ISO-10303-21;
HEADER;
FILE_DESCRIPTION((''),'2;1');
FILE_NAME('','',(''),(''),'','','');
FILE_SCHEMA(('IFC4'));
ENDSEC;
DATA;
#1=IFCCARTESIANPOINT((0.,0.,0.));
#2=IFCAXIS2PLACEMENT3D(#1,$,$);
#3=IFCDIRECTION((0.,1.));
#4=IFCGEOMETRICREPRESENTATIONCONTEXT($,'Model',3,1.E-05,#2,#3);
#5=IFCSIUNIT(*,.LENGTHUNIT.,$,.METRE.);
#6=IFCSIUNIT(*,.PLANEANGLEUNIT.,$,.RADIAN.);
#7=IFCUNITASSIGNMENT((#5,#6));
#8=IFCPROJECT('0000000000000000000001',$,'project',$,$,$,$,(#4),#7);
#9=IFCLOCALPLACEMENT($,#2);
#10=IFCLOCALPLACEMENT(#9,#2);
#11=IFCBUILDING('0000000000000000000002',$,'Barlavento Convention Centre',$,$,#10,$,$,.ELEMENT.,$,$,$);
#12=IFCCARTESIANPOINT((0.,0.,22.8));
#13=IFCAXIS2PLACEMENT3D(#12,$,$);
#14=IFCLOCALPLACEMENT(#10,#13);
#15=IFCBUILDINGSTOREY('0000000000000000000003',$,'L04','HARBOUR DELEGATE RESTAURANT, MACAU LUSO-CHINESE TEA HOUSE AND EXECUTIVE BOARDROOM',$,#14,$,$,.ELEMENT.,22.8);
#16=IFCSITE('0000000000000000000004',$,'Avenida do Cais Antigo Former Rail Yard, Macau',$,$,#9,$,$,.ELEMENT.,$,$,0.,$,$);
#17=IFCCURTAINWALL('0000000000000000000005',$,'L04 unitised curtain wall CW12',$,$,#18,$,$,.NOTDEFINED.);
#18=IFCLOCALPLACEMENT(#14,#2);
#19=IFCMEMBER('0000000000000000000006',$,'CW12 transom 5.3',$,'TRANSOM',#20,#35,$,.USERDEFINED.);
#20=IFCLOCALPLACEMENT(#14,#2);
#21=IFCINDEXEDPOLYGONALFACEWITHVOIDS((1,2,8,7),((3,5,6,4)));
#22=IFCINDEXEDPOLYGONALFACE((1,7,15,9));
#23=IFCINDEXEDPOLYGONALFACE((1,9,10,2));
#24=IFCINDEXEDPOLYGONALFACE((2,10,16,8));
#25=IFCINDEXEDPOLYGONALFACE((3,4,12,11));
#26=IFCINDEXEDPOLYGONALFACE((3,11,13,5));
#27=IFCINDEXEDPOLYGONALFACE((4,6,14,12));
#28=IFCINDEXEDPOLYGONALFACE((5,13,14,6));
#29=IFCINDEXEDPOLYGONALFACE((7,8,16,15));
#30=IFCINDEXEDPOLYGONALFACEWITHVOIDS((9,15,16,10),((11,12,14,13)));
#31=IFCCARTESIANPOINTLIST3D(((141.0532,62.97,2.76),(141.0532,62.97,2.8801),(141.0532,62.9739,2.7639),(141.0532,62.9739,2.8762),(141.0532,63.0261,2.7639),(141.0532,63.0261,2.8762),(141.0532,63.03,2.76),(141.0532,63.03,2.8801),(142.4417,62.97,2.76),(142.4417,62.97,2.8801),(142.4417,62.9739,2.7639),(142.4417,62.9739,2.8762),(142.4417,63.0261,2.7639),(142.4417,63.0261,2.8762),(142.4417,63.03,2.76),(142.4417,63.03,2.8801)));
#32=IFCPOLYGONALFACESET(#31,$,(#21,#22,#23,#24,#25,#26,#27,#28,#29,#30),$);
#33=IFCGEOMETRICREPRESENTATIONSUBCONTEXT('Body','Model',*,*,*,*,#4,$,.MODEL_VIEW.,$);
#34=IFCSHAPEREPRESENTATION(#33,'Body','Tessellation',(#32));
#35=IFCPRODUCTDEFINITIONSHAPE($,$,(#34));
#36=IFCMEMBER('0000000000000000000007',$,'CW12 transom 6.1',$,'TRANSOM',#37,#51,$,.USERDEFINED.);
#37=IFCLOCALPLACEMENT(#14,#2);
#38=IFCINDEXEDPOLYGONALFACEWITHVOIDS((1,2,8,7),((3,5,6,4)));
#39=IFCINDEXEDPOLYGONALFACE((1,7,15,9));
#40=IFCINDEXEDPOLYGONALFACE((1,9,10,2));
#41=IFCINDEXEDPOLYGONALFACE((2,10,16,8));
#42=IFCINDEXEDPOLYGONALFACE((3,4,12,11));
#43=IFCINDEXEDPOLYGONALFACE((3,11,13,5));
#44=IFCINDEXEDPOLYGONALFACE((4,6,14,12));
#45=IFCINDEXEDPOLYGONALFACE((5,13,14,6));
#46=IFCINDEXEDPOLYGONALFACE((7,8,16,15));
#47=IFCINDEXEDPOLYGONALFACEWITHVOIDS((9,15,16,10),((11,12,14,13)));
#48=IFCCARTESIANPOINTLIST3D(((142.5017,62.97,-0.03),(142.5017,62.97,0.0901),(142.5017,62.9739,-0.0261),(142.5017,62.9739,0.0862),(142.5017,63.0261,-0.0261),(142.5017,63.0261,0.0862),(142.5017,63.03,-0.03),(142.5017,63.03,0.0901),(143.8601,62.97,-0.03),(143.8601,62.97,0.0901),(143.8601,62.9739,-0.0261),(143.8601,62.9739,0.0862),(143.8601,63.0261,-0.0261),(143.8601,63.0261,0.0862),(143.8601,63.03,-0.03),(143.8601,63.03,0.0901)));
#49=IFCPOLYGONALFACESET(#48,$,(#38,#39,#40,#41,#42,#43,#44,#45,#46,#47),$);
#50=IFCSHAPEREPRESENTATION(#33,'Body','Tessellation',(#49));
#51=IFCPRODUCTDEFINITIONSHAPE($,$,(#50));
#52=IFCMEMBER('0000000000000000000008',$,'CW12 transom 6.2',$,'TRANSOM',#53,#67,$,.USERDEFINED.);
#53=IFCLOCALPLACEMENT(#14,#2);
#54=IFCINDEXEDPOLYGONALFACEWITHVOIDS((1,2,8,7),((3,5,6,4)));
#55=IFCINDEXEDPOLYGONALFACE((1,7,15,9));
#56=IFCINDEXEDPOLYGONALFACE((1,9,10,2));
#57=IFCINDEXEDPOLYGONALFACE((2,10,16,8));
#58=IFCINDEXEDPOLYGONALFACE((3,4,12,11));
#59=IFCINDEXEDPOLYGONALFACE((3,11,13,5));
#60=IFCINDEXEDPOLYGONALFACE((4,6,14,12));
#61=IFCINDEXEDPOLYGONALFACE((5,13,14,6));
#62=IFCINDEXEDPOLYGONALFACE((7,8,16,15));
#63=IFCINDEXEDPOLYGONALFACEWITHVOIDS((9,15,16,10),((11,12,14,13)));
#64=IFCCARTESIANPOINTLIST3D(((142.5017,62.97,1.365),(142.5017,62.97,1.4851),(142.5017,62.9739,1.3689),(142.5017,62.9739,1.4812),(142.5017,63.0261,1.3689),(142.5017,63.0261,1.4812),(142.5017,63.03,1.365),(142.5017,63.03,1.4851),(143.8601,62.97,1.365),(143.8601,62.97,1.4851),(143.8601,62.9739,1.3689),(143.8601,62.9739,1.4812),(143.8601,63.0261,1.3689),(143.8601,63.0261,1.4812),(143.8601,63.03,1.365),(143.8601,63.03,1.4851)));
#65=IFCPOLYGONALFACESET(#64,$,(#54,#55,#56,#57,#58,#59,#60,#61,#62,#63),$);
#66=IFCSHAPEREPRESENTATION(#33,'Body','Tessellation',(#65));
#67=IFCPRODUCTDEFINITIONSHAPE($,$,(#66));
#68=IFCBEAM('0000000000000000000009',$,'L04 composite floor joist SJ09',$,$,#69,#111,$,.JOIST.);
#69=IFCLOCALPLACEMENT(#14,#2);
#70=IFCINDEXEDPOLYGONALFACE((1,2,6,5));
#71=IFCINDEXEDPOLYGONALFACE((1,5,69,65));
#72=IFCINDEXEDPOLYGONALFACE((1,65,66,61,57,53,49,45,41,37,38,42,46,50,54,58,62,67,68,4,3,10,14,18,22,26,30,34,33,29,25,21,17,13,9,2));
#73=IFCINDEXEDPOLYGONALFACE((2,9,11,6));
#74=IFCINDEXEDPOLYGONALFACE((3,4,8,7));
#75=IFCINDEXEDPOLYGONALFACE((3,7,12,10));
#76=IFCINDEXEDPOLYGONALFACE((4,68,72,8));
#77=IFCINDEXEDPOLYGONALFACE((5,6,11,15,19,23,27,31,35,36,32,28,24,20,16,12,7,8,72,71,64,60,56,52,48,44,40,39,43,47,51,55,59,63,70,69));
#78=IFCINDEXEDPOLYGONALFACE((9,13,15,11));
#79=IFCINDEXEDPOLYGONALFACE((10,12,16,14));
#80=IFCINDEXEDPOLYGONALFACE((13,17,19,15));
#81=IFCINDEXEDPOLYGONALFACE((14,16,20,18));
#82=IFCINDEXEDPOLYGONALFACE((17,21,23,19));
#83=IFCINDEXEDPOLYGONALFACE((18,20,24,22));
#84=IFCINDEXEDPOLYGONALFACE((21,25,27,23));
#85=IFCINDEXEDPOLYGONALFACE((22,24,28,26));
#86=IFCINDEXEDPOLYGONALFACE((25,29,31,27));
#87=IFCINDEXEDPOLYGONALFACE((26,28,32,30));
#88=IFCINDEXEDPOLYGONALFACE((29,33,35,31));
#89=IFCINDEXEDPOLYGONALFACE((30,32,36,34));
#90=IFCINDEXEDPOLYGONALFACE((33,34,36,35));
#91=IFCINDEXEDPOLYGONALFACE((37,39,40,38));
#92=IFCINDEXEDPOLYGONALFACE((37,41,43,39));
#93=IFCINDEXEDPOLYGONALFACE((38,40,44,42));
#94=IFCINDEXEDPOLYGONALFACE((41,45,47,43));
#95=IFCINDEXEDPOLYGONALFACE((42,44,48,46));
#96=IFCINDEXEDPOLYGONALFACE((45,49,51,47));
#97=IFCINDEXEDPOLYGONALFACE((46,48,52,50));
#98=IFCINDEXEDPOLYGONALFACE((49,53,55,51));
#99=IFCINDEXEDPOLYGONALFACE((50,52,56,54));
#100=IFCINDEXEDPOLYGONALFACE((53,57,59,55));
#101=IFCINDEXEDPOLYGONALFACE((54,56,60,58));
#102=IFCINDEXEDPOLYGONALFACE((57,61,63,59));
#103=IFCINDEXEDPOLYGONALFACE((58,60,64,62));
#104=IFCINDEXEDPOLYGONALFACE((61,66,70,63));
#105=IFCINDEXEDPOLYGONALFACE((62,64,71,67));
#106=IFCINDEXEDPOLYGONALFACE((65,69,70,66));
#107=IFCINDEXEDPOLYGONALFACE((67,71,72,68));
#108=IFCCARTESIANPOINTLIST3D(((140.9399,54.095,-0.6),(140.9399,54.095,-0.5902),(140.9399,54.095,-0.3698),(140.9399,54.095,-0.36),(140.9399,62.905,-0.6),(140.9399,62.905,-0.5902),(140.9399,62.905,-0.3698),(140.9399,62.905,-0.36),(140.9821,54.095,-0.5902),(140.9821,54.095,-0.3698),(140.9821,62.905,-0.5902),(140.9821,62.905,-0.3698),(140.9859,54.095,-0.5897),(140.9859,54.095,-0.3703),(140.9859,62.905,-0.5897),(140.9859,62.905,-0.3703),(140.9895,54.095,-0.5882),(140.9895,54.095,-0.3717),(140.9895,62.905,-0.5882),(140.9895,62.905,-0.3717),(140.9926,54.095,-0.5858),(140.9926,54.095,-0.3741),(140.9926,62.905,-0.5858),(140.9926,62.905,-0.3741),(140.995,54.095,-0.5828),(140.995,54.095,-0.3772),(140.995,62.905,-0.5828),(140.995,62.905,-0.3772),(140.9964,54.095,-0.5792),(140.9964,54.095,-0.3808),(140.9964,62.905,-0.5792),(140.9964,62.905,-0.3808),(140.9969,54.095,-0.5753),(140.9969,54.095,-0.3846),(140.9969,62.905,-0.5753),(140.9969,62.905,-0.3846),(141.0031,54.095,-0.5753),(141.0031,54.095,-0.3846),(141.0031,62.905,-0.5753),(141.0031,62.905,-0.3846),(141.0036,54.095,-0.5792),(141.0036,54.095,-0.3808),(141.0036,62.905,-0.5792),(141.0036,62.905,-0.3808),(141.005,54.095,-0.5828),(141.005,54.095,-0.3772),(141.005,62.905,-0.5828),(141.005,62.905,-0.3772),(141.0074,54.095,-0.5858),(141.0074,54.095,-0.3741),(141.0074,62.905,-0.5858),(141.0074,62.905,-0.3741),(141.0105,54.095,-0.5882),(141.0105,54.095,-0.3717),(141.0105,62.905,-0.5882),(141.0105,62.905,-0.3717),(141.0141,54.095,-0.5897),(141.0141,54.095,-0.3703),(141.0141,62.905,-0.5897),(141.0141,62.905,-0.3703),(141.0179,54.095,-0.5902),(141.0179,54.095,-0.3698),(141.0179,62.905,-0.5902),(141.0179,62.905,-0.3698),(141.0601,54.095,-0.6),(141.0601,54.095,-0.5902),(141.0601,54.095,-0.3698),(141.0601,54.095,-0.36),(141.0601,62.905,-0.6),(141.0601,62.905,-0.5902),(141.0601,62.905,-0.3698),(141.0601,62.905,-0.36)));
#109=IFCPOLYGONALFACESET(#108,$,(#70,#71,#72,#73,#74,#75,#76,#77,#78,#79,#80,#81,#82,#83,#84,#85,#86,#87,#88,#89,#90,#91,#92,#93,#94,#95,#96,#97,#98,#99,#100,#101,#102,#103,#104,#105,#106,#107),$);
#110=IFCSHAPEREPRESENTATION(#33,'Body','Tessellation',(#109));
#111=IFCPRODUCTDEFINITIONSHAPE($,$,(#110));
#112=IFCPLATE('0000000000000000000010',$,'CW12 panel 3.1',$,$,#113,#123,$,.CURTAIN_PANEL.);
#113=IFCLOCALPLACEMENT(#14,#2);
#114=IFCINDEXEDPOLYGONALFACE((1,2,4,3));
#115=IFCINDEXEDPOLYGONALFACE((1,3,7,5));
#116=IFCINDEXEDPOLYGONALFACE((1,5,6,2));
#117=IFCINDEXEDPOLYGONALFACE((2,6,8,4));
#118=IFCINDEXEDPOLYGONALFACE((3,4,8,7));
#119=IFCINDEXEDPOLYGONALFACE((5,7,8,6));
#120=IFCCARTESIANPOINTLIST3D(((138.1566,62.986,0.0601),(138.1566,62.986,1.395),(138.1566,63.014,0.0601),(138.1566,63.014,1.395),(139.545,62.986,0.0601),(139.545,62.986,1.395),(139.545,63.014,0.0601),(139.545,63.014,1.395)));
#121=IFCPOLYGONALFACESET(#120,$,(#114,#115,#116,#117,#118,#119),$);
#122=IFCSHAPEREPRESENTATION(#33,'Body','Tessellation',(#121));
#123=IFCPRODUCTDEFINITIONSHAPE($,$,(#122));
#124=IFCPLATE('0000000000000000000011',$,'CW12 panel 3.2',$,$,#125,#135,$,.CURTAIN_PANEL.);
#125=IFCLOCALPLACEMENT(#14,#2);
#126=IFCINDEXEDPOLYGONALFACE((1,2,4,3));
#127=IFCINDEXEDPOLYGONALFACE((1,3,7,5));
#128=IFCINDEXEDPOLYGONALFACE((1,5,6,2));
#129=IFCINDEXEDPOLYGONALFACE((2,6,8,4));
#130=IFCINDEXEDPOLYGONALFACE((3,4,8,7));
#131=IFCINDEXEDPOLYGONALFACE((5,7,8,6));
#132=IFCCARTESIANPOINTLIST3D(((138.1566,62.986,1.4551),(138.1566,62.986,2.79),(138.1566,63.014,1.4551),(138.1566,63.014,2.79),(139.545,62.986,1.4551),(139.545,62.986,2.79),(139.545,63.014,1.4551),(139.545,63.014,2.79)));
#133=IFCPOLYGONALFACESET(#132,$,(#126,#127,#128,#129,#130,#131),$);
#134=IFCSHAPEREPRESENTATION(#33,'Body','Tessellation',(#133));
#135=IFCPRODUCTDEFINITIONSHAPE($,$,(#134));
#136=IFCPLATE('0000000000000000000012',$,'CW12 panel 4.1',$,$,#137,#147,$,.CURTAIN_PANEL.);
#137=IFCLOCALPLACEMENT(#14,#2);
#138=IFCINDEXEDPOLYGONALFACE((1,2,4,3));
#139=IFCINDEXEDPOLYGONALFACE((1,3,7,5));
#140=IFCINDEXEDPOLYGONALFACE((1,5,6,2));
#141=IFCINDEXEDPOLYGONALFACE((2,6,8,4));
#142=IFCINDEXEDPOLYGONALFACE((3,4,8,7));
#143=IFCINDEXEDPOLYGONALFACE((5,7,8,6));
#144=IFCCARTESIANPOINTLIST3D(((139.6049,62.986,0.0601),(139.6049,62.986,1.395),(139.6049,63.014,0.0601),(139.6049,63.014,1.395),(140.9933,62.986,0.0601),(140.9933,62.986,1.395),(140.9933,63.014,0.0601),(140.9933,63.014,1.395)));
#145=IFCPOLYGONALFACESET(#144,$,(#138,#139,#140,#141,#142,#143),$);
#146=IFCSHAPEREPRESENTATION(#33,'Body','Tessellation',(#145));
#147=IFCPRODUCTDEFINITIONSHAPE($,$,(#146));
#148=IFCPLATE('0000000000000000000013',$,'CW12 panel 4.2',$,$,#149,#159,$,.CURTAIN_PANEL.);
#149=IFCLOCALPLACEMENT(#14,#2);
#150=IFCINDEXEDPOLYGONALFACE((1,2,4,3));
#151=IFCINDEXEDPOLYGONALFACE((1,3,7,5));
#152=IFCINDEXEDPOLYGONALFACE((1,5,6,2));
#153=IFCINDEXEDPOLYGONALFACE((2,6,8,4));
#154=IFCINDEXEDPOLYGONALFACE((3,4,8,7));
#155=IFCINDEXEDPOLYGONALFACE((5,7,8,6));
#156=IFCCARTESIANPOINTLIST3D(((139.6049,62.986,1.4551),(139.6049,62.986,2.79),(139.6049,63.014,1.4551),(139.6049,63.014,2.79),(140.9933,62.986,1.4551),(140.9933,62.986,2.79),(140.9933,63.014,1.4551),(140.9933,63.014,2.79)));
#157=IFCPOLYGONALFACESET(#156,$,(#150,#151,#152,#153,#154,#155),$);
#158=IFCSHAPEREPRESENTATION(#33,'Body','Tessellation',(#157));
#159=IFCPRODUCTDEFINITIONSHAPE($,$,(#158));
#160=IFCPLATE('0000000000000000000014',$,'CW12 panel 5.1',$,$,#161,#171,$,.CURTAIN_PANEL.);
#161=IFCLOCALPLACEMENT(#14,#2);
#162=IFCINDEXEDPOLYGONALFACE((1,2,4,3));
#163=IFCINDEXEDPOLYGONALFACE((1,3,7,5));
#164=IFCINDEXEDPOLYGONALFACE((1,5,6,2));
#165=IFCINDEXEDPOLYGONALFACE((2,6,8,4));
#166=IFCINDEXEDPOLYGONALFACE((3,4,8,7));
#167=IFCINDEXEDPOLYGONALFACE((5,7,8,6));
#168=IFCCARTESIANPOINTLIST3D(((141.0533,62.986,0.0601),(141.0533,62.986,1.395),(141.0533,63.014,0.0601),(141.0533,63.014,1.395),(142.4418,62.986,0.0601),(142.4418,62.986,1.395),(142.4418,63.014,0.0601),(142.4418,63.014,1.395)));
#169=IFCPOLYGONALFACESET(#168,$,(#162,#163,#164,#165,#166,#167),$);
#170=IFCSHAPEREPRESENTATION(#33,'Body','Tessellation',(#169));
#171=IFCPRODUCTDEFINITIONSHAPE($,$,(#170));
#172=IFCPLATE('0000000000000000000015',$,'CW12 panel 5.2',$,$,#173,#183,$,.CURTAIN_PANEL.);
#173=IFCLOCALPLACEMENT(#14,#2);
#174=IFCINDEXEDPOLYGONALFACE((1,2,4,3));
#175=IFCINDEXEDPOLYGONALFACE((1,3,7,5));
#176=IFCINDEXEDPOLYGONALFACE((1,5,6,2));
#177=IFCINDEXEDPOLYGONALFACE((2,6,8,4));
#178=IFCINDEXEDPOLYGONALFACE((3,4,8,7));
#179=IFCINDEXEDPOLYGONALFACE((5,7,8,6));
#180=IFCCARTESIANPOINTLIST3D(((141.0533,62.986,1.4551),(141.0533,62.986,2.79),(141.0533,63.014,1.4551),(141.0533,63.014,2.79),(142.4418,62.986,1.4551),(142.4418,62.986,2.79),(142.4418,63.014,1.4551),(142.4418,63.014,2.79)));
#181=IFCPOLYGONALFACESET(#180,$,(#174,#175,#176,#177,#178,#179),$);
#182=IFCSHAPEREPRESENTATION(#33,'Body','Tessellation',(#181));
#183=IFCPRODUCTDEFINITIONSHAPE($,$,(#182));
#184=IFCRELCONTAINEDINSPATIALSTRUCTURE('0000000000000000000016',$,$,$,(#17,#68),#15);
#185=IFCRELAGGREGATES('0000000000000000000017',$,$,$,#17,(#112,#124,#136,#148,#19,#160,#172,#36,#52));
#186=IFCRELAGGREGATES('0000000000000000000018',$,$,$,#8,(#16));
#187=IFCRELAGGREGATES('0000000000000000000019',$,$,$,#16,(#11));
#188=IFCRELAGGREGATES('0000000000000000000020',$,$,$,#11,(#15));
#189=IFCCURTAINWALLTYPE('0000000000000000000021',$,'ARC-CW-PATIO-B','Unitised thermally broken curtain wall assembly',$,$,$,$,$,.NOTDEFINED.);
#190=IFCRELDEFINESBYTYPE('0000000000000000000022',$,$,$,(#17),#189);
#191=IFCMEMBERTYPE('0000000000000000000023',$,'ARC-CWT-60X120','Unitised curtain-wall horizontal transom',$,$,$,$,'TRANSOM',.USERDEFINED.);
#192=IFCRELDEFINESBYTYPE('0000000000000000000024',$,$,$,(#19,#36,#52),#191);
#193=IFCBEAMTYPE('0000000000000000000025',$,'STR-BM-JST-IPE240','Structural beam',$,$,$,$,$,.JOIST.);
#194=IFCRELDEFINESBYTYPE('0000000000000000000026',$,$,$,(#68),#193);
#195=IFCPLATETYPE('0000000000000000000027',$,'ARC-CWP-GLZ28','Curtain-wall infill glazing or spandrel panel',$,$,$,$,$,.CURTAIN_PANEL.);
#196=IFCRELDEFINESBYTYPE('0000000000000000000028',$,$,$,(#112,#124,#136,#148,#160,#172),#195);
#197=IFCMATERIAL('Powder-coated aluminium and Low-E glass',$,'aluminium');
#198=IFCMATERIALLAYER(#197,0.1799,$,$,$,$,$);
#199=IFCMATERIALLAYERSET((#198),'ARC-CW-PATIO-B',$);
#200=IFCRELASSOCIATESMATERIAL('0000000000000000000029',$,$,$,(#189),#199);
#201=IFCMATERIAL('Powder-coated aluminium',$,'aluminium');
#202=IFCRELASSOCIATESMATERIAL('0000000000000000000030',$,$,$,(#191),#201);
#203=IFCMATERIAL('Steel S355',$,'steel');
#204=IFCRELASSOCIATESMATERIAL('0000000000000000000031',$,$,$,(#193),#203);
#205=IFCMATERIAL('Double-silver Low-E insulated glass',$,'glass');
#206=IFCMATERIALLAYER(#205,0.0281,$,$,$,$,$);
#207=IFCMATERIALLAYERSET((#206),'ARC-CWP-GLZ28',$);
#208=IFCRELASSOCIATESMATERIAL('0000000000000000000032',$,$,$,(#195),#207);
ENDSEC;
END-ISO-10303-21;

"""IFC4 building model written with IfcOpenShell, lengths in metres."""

from ifc_helpers import new_model, si_unit, direction, frame, origin, origin_2d, place, context, subcontext, project, spatial, rectangle, hollow_rectangle, i_section, extrude, material, layer, layer_set, material_profile, profile_set, type_object, element, aggregate, save


model = new_model("IFC4")

# Units and contexts
model_context = context("Model", 3, precision=1e-05, world=origin(), true_north=direction((0.0, 1.0)))
body_context = subcontext(model_context, "Body", "Model", "MODEL_VIEW")
ifc_project = project(units=[si_unit("LENGTHUNIT", "METRE"), si_unit("PLANEANGLEUNIT", "RADIAN")], contexts=[model_context])

# Site, building, storey
site_placement = place(None, origin())
site = spatial("IfcSite", under=ifc_project, at=site_placement, Name="Avenida do Cais Antigo Former Rail Yard, Macau", CompositionType="ELEMENT", RefElevation=0.0)
building_placement = place(site_placement, origin())
building = spatial("IfcBuilding", under=site, at=building_placement, Name="Barlavento Convention Centre", CompositionType="ELEMENT")
storey_placement = place(building_placement, frame((0.0, 0.0, 22.8)))
storey = spatial("IfcBuildingStorey", under=building, at=storey_placement, Name="L04", Description="HARBOUR DELEGATE RESTAURANT, MACAU LUSO-CHINESE TEA HOUSE AND EXECUTIVE BOARDROOM", CompositionType="ELEMENT", Elevation=22.8)

# Curtain wall, members
ifc_material_1 = material(Name="Powder-coated aluminium and Low-E glass", Category="aluminium")
ifc_layer_1 = layer(ifc_material_1, 0.1799)
ifc_layer_set_1 = layer_set([ifc_layer_1], Name="ARC-CW-PATIO-B")
curtain_wall_type = type_object("IfcCurtainWallType", Name="ARC-CW-PATIO-B", Description="Unitised thermally broken curtain wall assembly", PredefinedType="NOTDEFINED", material=ifc_layer_set_1)
curtain_wall_placement = place(storey_placement, origin())
curtain_wall = element("IfcCurtainWall", 1, at=curtain_wall_placement, inside=storey, type_object=curtain_wall_type, Name="L04 unitised curtain wall CW12", PredefinedType="NOTDEFINED")
ifc_material_2 = material(Name="Powder-coated aluminium", Category="aluminium")
ifc_material_profile_1 = material_profile(ifc_material_2, hollow_rectangle(XDim=0.0601, YDim=0.1201, WallThickness=0.0039, at=origin_2d()), Name="AL-TRAN 60x120x4")
ifc_profile_set_1 = profile_set([ifc_material_profile_1], Name="Powder-coated aluminium")
member_type_1 = type_object("IfcMemberType", Name="ARC-CWT-60X120", Description="Unitised curtain-wall horizontal transom", ElementType="TRANSOM", PredefinedType="USERDEFINED", material=ifc_profile_set_1)
member_1_placement = place(storey_placement, frame((141.0532, 63.0, 2.8201), z_axis=(1.0, 0.0, 0.0), x_axis=(0.0, 1.0, 0.0)))
member_1 = element("IfcMember", 2, at=member_1_placement, type_object=member_type_1, Name="CW12 transom 5.3", ObjectType="TRANSOM", PredefinedType="USERDEFINED", context=body_context, shape_type="SweptSolid", body=[
    extrude(hollow_rectangle(XDim=0.0601, YDim=0.1201, WallThickness=0.0039, at=origin_2d()), origin(), (0.0, 0.0, 1.0), 1.3884),
])
member_2_placement = place(storey_placement, frame((142.5017, 63.0, 0.03), z_axis=(1.0, 0.0, 0.0), x_axis=(0.0, 1.0, 0.0)))
member_2 = element("IfcMember", 3, at=member_2_placement, type_object=member_type_1, Name="CW12 transom 6.1", ObjectType="TRANSOM", PredefinedType="USERDEFINED", context=body_context, shape_type="SweptSolid", body=[
    extrude(hollow_rectangle(XDim=0.0601, YDim=0.1201, WallThickness=0.0039, at=origin_2d()), origin(), (0.0, 0.0, 1.0), 1.3584),
])
member_3_placement = place(storey_placement, frame((142.5017, 63.0, 1.425), z_axis=(1.0, 0.0, 0.0), x_axis=(0.0, 1.0, 0.0)))
member_3 = element("IfcMember", 4, at=member_3_placement, type_object=member_type_1, Name="CW12 transom 6.2", ObjectType="TRANSOM", PredefinedType="USERDEFINED", context=body_context, shape_type="SweptSolid", body=[
    extrude(hollow_rectangle(XDim=0.0601, YDim=0.1201, WallThickness=0.0039, at=origin_2d()), origin(), (0.0, 0.0, 1.0), 1.3584),
])

# Beam
ifc_material_3 = material(Name="Steel S355", Category="steel")
ifc_material_profile_2 = material_profile(ifc_material_3, i_section(OverallWidth=0.1201, OverallDepth=0.24, WebThickness=0.0061, FlangeThickness=0.0098, FilletRadius=0.0149, at=origin_2d()), Name="IPE 240")
ifc_profile_set_2 = profile_set([ifc_material_profile_2], Name="Steel S355")
beam_type = type_object("IfcBeamType", Name="STR-BM-JST-IPE240", Description="Structural beam", PredefinedType="JOIST", material=ifc_profile_set_2)
beam_placement = place(storey_placement, frame((141.0, 54.095, -0.48), z_axis=(0.0, 1.0, 0.0), x_axis=(-1.0, 0.0, 0.0)))
element("IfcBeam", 5, at=beam_placement, inside=storey, type_object=beam_type, Name="L04 composite floor joist SJ09", PredefinedType="JOIST", context=body_context, shape_type="SweptSolid", body=[
    extrude(i_section(OverallWidth=0.1201, OverallDepth=0.24, WebThickness=0.0061, FlangeThickness=0.0098, FilletRadius=0.0149, at=origin_2d()), origin(), (0.0, 0.0, 1.0), 8.8101),
])

# Plates
ifc_material_4 = material(Name="Double-silver Low-E insulated glass", Category="glass")
ifc_layer_2 = layer(ifc_material_4, 0.0281)
ifc_layer_set_2 = layer_set([ifc_layer_2], Name="ARC-CWP-GLZ28")
plate_type = type_object("IfcPlateType", Name="ARC-CWP-GLZ28", Description="Curtain-wall infill glazing or spandrel panel", PredefinedType="CURTAIN_PANEL", material=ifc_layer_set_2)
plate_1_placement = place(storey_placement, frame((138.8508, 63.0, 0.0601), z_axis=(0.0, 0.0, 1.0), x_axis=(1.0, 0.0, 0.0)))
plate_1 = element("IfcPlate", 6, at=plate_1_placement, type_object=plate_type, Name="CW12 panel 3.1", PredefinedType="CURTAIN_PANEL", context=body_context, shape_type="SweptSolid", body=[
    extrude(rectangle(XDim=1.3884, YDim=0.0281, at=origin_2d()), origin(), (0.0, 0.0, 1.0), 1.335),
])
plate_2_placement = place(storey_placement, frame((138.8508, 63.0, 1.4551), z_axis=(0.0, 0.0, 1.0), x_axis=(1.0, 0.0, 0.0)))
plate_2 = element("IfcPlate", 7, at=plate_2_placement, type_object=plate_type, Name="CW12 panel 3.2", PredefinedType="CURTAIN_PANEL", context=body_context, shape_type="SweptSolid", body=[
    extrude(rectangle(XDim=1.3884, YDim=0.0281, at=origin_2d()), origin(), (0.0, 0.0, 1.0), 1.335),
])
plate_3_placement = place(storey_placement, frame((140.2991, 63.0, 0.0601), z_axis=(0.0, 0.0, 1.0), x_axis=(1.0, 0.0, 0.0)))
plate_3 = element("IfcPlate", 8, at=plate_3_placement, type_object=plate_type, Name="CW12 panel 4.1", PredefinedType="CURTAIN_PANEL", context=body_context, shape_type="SweptSolid", body=[
    extrude(rectangle(XDim=1.3884, YDim=0.0281, at=origin_2d()), origin(), (0.0, 0.0, 1.0), 1.335),
])
plate_4_placement = place(storey_placement, frame((140.2991, 63.0, 1.4551), z_axis=(0.0, 0.0, 1.0), x_axis=(1.0, 0.0, 0.0)))
plate_4 = element("IfcPlate", 9, at=plate_4_placement, type_object=plate_type, Name="CW12 panel 4.2", PredefinedType="CURTAIN_PANEL", context=body_context, shape_type="SweptSolid", body=[
    extrude(rectangle(XDim=1.3884, YDim=0.0281, at=origin_2d()), origin(), (0.0, 0.0, 1.0), 1.335),
])
plate_5_placement = place(storey_placement, frame((141.7476, 63.0, 0.0601), z_axis=(0.0, 0.0, 1.0), x_axis=(1.0, 0.0, 0.0)))
plate_5 = element("IfcPlate", 10, at=plate_5_placement, type_object=plate_type, Name="CW12 panel 5.1", PredefinedType="CURTAIN_PANEL", context=body_context, shape_type="SweptSolid", body=[
    extrude(rectangle(XDim=1.3884, YDim=0.0281, at=origin_2d()), origin(), (0.0, 0.0, 1.0), 1.335),
])
plate_6_placement = place(storey_placement, frame((141.7476, 63.0, 1.4551), z_axis=(0.0, 0.0, 1.0), x_axis=(1.0, 0.0, 0.0)))
plate_6 = element("IfcPlate", 11, at=plate_6_placement, type_object=plate_type, Name="CW12 panel 5.2", PredefinedType="CURTAIN_PANEL", context=body_context, shape_type="SweptSolid", body=[
    extrude(rectangle(XDim=1.3884, YDim=0.0281, at=origin_2d()), origin(), (0.0, 0.0, 1.0), 1.335),
])
aggregate(curtain_wall, [plate_1, plate_2, plate_3, plate_4, member_1, plate_5, plate_6, member_2, member_3])

save(model, "model.ifc")
